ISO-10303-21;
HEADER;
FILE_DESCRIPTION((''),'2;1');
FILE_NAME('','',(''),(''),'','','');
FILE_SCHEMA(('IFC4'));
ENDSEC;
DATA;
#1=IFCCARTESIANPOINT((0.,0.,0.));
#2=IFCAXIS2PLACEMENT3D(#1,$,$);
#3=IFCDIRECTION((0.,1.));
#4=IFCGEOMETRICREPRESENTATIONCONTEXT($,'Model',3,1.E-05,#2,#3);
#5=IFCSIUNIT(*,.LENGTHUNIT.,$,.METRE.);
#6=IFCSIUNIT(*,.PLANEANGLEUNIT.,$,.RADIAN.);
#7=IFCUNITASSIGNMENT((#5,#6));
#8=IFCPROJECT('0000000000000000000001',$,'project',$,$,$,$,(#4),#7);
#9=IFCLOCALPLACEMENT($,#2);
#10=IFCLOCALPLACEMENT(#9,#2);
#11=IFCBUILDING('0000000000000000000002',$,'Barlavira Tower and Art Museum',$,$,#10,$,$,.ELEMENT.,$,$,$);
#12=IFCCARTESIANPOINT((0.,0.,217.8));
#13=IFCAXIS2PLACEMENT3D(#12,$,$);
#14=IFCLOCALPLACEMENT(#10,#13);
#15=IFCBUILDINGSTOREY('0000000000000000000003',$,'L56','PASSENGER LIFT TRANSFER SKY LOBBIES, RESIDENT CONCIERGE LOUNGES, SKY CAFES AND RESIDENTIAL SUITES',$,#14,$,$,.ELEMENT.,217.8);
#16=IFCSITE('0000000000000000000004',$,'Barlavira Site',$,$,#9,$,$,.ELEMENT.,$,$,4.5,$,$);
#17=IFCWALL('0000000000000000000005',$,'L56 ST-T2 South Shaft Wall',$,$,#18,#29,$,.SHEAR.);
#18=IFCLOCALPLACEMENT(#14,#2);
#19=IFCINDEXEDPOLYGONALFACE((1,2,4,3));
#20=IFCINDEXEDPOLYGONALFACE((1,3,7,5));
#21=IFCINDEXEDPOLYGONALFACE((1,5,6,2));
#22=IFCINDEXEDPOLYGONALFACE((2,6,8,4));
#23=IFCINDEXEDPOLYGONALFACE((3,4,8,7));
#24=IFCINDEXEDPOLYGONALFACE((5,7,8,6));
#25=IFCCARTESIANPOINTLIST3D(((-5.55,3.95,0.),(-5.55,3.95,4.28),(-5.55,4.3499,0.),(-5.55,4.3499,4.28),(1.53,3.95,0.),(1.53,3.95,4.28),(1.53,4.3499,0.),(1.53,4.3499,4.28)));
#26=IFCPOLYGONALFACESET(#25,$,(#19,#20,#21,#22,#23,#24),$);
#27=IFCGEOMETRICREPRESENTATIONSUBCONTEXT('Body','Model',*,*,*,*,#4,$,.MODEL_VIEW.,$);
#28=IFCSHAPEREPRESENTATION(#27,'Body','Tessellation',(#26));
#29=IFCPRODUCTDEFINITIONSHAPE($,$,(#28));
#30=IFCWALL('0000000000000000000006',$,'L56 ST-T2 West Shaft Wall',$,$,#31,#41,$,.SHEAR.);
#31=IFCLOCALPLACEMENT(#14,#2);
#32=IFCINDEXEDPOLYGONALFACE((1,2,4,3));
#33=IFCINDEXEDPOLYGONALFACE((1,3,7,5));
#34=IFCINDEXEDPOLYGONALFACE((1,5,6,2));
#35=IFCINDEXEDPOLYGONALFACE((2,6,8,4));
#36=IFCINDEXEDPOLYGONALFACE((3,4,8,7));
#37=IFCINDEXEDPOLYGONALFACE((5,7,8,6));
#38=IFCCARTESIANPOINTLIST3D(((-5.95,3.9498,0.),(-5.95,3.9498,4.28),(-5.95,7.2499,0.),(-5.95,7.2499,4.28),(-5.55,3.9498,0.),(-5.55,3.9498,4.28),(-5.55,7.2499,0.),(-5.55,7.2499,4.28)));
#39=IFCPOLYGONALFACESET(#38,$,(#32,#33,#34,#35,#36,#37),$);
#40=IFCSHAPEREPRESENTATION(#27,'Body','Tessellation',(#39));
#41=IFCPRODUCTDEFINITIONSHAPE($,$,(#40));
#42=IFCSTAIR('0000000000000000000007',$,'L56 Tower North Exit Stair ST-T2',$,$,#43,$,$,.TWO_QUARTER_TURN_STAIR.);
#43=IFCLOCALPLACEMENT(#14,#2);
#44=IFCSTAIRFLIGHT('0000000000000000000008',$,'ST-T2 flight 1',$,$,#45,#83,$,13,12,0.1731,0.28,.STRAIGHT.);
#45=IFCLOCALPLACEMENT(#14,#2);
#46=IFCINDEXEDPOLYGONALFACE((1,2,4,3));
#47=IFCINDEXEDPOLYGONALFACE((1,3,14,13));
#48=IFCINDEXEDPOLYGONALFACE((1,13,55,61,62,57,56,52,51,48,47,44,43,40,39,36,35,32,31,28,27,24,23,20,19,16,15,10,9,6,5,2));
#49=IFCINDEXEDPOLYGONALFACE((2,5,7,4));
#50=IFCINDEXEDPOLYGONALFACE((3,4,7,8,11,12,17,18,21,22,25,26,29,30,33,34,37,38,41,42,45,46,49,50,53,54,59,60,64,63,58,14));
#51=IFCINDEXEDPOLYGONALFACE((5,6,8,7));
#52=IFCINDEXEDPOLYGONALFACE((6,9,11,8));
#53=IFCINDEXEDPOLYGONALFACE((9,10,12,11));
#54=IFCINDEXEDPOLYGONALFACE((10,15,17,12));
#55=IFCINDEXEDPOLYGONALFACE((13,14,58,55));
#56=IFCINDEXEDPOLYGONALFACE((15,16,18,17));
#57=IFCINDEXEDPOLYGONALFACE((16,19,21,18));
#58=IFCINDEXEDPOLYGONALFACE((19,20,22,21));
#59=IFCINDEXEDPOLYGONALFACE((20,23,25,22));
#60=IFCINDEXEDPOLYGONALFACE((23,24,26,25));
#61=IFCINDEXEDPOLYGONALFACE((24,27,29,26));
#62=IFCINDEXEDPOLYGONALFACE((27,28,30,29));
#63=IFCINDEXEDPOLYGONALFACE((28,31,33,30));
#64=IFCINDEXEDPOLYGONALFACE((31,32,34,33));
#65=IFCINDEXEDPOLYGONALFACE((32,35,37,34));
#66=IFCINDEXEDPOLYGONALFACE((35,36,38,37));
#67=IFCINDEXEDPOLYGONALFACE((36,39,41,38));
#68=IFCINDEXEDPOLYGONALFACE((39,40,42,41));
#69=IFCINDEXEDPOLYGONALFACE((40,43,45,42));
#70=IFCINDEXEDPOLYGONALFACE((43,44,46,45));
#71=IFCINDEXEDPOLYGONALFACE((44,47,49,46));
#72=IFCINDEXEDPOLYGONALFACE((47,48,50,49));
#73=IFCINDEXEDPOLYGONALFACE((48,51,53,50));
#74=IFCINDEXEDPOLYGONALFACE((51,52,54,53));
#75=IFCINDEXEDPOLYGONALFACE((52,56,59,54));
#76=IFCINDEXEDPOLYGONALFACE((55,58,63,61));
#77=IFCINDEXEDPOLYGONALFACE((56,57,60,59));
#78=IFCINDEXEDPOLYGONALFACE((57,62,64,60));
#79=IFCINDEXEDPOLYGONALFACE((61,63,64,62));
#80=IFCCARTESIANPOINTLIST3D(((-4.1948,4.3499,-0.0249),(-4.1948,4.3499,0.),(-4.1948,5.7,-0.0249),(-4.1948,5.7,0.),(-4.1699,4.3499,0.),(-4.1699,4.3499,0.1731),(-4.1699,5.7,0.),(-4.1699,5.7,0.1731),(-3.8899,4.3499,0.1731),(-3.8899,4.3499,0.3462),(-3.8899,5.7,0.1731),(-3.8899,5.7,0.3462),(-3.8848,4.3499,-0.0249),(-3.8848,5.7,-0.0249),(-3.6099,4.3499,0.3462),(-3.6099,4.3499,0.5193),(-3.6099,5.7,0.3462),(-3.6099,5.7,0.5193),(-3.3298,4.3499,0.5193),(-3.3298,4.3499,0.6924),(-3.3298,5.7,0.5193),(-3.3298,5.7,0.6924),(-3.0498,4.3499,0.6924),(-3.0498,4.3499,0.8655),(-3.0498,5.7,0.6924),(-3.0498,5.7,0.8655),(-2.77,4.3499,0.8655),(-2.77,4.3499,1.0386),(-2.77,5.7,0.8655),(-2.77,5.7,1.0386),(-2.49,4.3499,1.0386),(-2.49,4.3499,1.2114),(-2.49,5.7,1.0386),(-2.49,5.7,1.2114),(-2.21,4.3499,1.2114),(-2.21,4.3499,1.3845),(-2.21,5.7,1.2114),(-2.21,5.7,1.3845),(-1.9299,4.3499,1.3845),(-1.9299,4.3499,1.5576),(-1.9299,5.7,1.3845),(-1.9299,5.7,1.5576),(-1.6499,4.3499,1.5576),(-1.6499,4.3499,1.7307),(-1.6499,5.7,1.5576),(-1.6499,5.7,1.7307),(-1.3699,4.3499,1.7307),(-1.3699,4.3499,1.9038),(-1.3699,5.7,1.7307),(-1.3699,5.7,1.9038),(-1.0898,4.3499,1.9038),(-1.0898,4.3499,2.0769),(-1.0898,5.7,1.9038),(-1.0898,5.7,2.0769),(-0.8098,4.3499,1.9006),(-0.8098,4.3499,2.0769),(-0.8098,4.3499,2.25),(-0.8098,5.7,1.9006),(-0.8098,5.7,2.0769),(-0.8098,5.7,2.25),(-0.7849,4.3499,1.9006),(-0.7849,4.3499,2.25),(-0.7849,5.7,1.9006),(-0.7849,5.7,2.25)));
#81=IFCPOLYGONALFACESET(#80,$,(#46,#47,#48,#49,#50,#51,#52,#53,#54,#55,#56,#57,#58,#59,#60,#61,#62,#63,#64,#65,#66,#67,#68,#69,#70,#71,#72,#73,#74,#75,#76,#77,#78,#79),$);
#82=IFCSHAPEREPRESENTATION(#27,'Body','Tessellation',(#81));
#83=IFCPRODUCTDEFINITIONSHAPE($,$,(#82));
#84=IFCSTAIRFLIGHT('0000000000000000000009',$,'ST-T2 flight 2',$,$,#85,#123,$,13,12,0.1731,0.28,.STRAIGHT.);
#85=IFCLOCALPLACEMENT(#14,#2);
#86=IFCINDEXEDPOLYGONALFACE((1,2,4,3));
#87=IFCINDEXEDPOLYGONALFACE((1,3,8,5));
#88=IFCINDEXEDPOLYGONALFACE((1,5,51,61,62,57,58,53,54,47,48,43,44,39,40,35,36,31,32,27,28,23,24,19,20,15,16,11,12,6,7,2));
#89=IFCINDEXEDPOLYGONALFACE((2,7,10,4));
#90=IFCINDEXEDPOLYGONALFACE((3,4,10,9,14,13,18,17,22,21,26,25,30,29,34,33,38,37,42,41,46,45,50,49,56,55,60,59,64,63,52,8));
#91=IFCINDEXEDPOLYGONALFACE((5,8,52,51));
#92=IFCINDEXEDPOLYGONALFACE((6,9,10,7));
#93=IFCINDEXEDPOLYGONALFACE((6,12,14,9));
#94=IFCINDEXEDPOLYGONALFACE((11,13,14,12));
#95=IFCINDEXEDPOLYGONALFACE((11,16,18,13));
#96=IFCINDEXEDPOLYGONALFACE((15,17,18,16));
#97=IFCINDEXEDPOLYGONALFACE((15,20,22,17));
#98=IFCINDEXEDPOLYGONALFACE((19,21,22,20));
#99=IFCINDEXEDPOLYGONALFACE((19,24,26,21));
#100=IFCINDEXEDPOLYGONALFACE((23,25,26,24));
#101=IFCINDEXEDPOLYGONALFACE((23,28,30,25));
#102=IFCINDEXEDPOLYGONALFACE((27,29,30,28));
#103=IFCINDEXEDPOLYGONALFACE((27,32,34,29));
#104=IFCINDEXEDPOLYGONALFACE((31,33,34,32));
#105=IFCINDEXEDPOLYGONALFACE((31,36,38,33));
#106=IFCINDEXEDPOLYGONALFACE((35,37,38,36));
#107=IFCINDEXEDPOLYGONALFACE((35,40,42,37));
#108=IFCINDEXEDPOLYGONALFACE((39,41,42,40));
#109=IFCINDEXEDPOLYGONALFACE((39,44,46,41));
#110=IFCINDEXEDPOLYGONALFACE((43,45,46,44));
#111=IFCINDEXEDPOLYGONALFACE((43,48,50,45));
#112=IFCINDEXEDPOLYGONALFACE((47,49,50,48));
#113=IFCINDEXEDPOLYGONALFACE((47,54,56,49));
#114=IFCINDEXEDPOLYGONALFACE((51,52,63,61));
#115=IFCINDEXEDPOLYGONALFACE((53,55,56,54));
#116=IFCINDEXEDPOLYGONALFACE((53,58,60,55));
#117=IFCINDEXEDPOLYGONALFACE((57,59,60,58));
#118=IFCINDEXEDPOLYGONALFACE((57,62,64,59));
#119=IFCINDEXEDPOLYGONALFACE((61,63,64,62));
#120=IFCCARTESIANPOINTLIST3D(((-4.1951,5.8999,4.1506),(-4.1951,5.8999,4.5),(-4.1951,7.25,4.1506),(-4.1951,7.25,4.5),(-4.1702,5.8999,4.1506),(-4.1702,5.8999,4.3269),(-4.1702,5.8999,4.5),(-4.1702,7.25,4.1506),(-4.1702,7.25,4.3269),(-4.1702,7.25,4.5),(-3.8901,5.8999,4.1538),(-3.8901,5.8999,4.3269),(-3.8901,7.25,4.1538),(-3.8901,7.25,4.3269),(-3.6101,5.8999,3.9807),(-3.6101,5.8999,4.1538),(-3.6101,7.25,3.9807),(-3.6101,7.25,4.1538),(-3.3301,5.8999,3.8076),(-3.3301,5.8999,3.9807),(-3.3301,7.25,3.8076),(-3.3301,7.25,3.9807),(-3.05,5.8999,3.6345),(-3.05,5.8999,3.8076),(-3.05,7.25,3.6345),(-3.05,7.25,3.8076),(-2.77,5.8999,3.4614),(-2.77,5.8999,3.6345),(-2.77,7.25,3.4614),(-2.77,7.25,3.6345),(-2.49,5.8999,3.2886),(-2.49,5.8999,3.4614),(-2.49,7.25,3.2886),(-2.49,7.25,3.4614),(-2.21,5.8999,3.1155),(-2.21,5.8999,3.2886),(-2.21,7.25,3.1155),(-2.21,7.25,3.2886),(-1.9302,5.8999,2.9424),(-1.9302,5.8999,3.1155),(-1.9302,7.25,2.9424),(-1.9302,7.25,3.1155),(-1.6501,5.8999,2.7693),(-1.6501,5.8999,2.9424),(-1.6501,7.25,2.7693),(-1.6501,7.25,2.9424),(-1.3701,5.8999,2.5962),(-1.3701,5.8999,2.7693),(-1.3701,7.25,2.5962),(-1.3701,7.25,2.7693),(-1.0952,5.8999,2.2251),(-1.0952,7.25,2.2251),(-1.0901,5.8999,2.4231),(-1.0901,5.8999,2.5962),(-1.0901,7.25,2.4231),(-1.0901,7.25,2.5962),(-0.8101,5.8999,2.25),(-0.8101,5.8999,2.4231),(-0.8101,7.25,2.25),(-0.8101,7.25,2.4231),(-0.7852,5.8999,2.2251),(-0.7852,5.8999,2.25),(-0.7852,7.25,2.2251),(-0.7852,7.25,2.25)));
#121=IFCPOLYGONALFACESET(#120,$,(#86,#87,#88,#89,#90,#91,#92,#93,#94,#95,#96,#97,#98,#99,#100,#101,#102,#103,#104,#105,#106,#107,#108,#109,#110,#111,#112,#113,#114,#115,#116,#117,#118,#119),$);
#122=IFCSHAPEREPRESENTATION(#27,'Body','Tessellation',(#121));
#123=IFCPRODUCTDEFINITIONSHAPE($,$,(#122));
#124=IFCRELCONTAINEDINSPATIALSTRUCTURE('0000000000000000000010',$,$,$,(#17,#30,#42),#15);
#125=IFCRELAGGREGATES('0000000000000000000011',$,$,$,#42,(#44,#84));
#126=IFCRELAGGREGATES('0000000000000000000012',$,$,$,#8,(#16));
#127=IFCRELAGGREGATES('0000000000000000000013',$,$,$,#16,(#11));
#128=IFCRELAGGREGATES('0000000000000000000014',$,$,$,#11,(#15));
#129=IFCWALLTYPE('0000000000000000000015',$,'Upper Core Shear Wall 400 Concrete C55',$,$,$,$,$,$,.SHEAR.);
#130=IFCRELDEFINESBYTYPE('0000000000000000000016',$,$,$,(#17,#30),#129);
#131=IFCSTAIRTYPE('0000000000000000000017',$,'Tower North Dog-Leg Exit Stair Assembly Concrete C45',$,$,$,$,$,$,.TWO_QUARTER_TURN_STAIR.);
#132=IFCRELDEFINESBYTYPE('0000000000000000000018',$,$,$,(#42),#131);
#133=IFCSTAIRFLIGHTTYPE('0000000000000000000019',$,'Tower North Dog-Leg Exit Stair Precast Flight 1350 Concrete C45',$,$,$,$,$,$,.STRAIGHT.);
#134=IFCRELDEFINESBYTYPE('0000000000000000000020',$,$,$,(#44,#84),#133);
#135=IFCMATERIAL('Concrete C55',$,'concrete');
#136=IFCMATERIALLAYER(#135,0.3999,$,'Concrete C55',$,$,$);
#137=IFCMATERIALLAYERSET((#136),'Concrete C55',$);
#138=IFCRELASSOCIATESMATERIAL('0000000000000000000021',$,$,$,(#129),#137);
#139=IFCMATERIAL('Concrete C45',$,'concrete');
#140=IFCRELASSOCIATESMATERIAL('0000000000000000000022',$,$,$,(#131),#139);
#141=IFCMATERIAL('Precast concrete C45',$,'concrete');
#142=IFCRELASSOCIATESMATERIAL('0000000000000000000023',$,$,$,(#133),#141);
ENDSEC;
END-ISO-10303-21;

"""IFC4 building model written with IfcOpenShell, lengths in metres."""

from ifc_helpers import new_model, si_unit, direction, frame, frame_2d, origin, place, context, subcontext, project, spatial, polyline, rectangle, outline, extrude, material, layer, layer_set, type_object, element, aggregate, save


model = new_model("IFC4")

# Units and contexts
model_context = context("Model", 3, precision=1e-05, world=origin(), true_north=direction((0.0, 1.0)))
body_context = subcontext(model_context, "Body", "Model", "MODEL_VIEW")
ifc_project = project(units=[si_unit("LENGTHUNIT", "METRE"), si_unit("PLANEANGLEUNIT", "RADIAN")], contexts=[model_context])

# Site, building, storey
site_placement = place(None, origin())
site = spatial("IfcSite", under=ifc_project, at=site_placement, Name="Barlavira Site", CompositionType="ELEMENT", RefElevation=4.5)
building_placement = place(site_placement, origin())
building = spatial("IfcBuilding", under=site, at=building_placement, Name="Barlavira Tower and Art Museum", CompositionType="ELEMENT")
storey_placement = place(building_placement, frame((0.0, 0.0, 217.8)))
storey = spatial("IfcBuildingStorey", under=building, at=storey_placement, Name="L56", Description="PASSENGER LIFT TRANSFER SKY LOBBIES, RESIDENT CONCIERGE LOUNGES, SKY CAFES AND RESIDENTIAL SUITES", CompositionType="ELEMENT", Elevation=217.8)

# Walls
ifc_material_1 = material(Name="Concrete C55", Category="concrete")
ifc_layer_1 = layer(ifc_material_1, 0.3999, Name="Concrete C55")
ifc_layer_set_1 = layer_set([ifc_layer_1], Name="Concrete C55")
wall_type_1 = type_object("IfcWallType", Name="Upper Core Shear Wall 400 Concrete C55", PredefinedType="SHEAR", material=ifc_layer_set_1)
wall_1_placement = place(storey_placement, frame((-5.55, 4.1499, 0.0), z_axis=(0.0, 0.0, 1.0), x_axis=(1.0, 0.0, 0.0)))
element("IfcWall", 1, at=wall_1_placement, inside=storey, type_object=wall_type_1, Name="L56 ST-T2 South Shaft Wall", PredefinedType="SHEAR", context=body_context, shape_type="SweptSolid", body=[
    extrude(rectangle(XDim=7.0801, YDim=0.3999, at=frame_2d((3.54, 0.0))), origin(), (0.0, 0.0, 1.0), 4.28),
])
wall_2_placement = place(storey_placement, frame((-5.75, 3.95, 0.0), z_axis=(0.0, 0.0, 1.0), x_axis=(0.0, 1.0, 0.0)))
element("IfcWall", 2, at=wall_2_placement, inside=storey, type_object=wall_type_1, Name="L56 ST-T2 West Shaft Wall", PredefinedType="SHEAR", context=body_context, shape_type="SweptSolid", body=[
    extrude(rectangle(XDim=3.3, YDim=0.3999, at=frame_2d((1.6499, 0.0))), origin(), (0.0, 0.0, 1.0), 4.28),
])

# Stair, stair flights
ifc_material_2 = material(Name="Concrete C45", Category="concrete")
stair_type = type_object("IfcStairType", Name="Tower North Dog-Leg Exit Stair Assembly Concrete C45", PredefinedType="TWO_QUARTER_TURN_STAIR", material=ifc_material_2)
stair_placement = place(storey_placement, origin())
stair = element("IfcStair", 3, at=stair_placement, inside=storey, type_object=stair_type, Name="L56 Tower North Exit Stair ST-T2", PredefinedType="TWO_QUARTER_TURN_STAIR")
ifc_material_3 = material(Name="Precast concrete C45", Category="concrete")
stair_flight_type = type_object("IfcStairFlightType", Name="Tower North Dog-Leg Exit Stair Precast Flight 1350 Concrete C45", PredefinedType="STRAIGHT", material=ifc_material_3)
stair_flight_1_placement = place(storey_placement, frame((-4.1699, 5.0249, 0.0), z_axis=(0.0, 0.0, 1.0), x_axis=(1.0, 0.0, 0.0)))
stair_flight_1 = element("IfcStairFlight", 4, at=stair_flight_1_placement, type_object=stair_flight_type, Name="ST-T2 flight 1", NumberOfRisers=13, NumberOfTreads=12, PredefinedType="STRAIGHT", RiserHeight=0.1731, TreadLength=0.28, context=body_context, shape_type="SweptSolid", body=[
    extrude(outline(polyline([(-0.0249, 0.0), (0.0, 0.0), (0.0, 0.1731), (0.28, 0.1731), (0.28, 0.3462), (0.5601, 0.3462), (0.5601, 0.5193), (0.8401, 0.5193), (0.8401, 0.6924), (1.1201, 0.6924), (1.1201, 0.8655), (1.3999, 0.8655), (1.3999, 1.0386), (1.6799, 1.0386), (1.6799, 1.2114), (1.96, 1.2114), (1.96, 1.3845), (2.24, 1.3845), (2.24, 1.5576), (2.52, 1.5576), (2.52, 1.7307), (2.8, 1.7307), (2.8, 1.9038), (3.0801, 1.9038), (3.0801, 2.0769), (3.3601, 2.0769), (3.3601, 2.25), (3.385, 2.25), (3.385, 1.9006), (3.3601, 1.9006), (0.2852, -0.0249), (-0.0249, -0.0249), (-0.0249, 0.0)])), frame((0.0, 0.675, 0.0), z_axis=(0.0, -1.0, 0.0), x_axis=(1.0, 0.0, 0.0)), (0.0, 0.0, 1.0), 1.3501),
])
stair_flight_2_placement = place(storey_placement, frame((-0.8101, 6.575, 2.25), z_axis=(0.0, 0.0, 1.0), x_axis=(-1.0, 0.0, 0.0)))
stair_flight_2 = element("IfcStairFlight", 5, at=stair_flight_2_placement, type_object=stair_flight_type, Name="ST-T2 flight 2", NumberOfRisers=13, NumberOfTreads=12, PredefinedType="STRAIGHT", RiserHeight=0.1731, TreadLength=0.28, context=body_context, shape_type="SweptSolid", body=[
    extrude(outline(polyline([(-0.0249, 0.0), (0.0, 0.0), (0.0, 0.1731), (0.28, 0.1731), (0.28, 0.3462), (0.5601, 0.3462), (0.5601, 0.5193), (0.8401, 0.5193), (0.8401, 0.6924), (1.1201, 0.6924), (1.1201, 0.8655), (1.3999, 0.8655), (1.3999, 1.0386), (1.6799, 1.0386), (1.6799, 1.2114), (1.96, 1.2114), (1.96, 1.3845), (2.24, 1.3845), (2.24, 1.5576), (2.52, 1.5576), (2.52, 1.7307), (2.8, 1.7307), (2.8, 1.9038), (3.0801, 1.9038), (3.0801, 2.0769), (3.3601, 2.0769), (3.3601, 2.25), (3.385, 2.25), (3.385, 1.9006), (3.3601, 1.9006), (0.2852, -0.0249), (-0.0249, -0.0249), (-0.0249, 0.0)])), frame((0.0, 0.675, 0.0), z_axis=(0.0, -1.0, 0.0), x_axis=(1.0, 0.0, 0.0)), (0.0, 0.0, 1.0), 1.3501),
])
aggregate(stair, [stair_flight_1, stair_flight_2])

save(model, "model.ifc")
